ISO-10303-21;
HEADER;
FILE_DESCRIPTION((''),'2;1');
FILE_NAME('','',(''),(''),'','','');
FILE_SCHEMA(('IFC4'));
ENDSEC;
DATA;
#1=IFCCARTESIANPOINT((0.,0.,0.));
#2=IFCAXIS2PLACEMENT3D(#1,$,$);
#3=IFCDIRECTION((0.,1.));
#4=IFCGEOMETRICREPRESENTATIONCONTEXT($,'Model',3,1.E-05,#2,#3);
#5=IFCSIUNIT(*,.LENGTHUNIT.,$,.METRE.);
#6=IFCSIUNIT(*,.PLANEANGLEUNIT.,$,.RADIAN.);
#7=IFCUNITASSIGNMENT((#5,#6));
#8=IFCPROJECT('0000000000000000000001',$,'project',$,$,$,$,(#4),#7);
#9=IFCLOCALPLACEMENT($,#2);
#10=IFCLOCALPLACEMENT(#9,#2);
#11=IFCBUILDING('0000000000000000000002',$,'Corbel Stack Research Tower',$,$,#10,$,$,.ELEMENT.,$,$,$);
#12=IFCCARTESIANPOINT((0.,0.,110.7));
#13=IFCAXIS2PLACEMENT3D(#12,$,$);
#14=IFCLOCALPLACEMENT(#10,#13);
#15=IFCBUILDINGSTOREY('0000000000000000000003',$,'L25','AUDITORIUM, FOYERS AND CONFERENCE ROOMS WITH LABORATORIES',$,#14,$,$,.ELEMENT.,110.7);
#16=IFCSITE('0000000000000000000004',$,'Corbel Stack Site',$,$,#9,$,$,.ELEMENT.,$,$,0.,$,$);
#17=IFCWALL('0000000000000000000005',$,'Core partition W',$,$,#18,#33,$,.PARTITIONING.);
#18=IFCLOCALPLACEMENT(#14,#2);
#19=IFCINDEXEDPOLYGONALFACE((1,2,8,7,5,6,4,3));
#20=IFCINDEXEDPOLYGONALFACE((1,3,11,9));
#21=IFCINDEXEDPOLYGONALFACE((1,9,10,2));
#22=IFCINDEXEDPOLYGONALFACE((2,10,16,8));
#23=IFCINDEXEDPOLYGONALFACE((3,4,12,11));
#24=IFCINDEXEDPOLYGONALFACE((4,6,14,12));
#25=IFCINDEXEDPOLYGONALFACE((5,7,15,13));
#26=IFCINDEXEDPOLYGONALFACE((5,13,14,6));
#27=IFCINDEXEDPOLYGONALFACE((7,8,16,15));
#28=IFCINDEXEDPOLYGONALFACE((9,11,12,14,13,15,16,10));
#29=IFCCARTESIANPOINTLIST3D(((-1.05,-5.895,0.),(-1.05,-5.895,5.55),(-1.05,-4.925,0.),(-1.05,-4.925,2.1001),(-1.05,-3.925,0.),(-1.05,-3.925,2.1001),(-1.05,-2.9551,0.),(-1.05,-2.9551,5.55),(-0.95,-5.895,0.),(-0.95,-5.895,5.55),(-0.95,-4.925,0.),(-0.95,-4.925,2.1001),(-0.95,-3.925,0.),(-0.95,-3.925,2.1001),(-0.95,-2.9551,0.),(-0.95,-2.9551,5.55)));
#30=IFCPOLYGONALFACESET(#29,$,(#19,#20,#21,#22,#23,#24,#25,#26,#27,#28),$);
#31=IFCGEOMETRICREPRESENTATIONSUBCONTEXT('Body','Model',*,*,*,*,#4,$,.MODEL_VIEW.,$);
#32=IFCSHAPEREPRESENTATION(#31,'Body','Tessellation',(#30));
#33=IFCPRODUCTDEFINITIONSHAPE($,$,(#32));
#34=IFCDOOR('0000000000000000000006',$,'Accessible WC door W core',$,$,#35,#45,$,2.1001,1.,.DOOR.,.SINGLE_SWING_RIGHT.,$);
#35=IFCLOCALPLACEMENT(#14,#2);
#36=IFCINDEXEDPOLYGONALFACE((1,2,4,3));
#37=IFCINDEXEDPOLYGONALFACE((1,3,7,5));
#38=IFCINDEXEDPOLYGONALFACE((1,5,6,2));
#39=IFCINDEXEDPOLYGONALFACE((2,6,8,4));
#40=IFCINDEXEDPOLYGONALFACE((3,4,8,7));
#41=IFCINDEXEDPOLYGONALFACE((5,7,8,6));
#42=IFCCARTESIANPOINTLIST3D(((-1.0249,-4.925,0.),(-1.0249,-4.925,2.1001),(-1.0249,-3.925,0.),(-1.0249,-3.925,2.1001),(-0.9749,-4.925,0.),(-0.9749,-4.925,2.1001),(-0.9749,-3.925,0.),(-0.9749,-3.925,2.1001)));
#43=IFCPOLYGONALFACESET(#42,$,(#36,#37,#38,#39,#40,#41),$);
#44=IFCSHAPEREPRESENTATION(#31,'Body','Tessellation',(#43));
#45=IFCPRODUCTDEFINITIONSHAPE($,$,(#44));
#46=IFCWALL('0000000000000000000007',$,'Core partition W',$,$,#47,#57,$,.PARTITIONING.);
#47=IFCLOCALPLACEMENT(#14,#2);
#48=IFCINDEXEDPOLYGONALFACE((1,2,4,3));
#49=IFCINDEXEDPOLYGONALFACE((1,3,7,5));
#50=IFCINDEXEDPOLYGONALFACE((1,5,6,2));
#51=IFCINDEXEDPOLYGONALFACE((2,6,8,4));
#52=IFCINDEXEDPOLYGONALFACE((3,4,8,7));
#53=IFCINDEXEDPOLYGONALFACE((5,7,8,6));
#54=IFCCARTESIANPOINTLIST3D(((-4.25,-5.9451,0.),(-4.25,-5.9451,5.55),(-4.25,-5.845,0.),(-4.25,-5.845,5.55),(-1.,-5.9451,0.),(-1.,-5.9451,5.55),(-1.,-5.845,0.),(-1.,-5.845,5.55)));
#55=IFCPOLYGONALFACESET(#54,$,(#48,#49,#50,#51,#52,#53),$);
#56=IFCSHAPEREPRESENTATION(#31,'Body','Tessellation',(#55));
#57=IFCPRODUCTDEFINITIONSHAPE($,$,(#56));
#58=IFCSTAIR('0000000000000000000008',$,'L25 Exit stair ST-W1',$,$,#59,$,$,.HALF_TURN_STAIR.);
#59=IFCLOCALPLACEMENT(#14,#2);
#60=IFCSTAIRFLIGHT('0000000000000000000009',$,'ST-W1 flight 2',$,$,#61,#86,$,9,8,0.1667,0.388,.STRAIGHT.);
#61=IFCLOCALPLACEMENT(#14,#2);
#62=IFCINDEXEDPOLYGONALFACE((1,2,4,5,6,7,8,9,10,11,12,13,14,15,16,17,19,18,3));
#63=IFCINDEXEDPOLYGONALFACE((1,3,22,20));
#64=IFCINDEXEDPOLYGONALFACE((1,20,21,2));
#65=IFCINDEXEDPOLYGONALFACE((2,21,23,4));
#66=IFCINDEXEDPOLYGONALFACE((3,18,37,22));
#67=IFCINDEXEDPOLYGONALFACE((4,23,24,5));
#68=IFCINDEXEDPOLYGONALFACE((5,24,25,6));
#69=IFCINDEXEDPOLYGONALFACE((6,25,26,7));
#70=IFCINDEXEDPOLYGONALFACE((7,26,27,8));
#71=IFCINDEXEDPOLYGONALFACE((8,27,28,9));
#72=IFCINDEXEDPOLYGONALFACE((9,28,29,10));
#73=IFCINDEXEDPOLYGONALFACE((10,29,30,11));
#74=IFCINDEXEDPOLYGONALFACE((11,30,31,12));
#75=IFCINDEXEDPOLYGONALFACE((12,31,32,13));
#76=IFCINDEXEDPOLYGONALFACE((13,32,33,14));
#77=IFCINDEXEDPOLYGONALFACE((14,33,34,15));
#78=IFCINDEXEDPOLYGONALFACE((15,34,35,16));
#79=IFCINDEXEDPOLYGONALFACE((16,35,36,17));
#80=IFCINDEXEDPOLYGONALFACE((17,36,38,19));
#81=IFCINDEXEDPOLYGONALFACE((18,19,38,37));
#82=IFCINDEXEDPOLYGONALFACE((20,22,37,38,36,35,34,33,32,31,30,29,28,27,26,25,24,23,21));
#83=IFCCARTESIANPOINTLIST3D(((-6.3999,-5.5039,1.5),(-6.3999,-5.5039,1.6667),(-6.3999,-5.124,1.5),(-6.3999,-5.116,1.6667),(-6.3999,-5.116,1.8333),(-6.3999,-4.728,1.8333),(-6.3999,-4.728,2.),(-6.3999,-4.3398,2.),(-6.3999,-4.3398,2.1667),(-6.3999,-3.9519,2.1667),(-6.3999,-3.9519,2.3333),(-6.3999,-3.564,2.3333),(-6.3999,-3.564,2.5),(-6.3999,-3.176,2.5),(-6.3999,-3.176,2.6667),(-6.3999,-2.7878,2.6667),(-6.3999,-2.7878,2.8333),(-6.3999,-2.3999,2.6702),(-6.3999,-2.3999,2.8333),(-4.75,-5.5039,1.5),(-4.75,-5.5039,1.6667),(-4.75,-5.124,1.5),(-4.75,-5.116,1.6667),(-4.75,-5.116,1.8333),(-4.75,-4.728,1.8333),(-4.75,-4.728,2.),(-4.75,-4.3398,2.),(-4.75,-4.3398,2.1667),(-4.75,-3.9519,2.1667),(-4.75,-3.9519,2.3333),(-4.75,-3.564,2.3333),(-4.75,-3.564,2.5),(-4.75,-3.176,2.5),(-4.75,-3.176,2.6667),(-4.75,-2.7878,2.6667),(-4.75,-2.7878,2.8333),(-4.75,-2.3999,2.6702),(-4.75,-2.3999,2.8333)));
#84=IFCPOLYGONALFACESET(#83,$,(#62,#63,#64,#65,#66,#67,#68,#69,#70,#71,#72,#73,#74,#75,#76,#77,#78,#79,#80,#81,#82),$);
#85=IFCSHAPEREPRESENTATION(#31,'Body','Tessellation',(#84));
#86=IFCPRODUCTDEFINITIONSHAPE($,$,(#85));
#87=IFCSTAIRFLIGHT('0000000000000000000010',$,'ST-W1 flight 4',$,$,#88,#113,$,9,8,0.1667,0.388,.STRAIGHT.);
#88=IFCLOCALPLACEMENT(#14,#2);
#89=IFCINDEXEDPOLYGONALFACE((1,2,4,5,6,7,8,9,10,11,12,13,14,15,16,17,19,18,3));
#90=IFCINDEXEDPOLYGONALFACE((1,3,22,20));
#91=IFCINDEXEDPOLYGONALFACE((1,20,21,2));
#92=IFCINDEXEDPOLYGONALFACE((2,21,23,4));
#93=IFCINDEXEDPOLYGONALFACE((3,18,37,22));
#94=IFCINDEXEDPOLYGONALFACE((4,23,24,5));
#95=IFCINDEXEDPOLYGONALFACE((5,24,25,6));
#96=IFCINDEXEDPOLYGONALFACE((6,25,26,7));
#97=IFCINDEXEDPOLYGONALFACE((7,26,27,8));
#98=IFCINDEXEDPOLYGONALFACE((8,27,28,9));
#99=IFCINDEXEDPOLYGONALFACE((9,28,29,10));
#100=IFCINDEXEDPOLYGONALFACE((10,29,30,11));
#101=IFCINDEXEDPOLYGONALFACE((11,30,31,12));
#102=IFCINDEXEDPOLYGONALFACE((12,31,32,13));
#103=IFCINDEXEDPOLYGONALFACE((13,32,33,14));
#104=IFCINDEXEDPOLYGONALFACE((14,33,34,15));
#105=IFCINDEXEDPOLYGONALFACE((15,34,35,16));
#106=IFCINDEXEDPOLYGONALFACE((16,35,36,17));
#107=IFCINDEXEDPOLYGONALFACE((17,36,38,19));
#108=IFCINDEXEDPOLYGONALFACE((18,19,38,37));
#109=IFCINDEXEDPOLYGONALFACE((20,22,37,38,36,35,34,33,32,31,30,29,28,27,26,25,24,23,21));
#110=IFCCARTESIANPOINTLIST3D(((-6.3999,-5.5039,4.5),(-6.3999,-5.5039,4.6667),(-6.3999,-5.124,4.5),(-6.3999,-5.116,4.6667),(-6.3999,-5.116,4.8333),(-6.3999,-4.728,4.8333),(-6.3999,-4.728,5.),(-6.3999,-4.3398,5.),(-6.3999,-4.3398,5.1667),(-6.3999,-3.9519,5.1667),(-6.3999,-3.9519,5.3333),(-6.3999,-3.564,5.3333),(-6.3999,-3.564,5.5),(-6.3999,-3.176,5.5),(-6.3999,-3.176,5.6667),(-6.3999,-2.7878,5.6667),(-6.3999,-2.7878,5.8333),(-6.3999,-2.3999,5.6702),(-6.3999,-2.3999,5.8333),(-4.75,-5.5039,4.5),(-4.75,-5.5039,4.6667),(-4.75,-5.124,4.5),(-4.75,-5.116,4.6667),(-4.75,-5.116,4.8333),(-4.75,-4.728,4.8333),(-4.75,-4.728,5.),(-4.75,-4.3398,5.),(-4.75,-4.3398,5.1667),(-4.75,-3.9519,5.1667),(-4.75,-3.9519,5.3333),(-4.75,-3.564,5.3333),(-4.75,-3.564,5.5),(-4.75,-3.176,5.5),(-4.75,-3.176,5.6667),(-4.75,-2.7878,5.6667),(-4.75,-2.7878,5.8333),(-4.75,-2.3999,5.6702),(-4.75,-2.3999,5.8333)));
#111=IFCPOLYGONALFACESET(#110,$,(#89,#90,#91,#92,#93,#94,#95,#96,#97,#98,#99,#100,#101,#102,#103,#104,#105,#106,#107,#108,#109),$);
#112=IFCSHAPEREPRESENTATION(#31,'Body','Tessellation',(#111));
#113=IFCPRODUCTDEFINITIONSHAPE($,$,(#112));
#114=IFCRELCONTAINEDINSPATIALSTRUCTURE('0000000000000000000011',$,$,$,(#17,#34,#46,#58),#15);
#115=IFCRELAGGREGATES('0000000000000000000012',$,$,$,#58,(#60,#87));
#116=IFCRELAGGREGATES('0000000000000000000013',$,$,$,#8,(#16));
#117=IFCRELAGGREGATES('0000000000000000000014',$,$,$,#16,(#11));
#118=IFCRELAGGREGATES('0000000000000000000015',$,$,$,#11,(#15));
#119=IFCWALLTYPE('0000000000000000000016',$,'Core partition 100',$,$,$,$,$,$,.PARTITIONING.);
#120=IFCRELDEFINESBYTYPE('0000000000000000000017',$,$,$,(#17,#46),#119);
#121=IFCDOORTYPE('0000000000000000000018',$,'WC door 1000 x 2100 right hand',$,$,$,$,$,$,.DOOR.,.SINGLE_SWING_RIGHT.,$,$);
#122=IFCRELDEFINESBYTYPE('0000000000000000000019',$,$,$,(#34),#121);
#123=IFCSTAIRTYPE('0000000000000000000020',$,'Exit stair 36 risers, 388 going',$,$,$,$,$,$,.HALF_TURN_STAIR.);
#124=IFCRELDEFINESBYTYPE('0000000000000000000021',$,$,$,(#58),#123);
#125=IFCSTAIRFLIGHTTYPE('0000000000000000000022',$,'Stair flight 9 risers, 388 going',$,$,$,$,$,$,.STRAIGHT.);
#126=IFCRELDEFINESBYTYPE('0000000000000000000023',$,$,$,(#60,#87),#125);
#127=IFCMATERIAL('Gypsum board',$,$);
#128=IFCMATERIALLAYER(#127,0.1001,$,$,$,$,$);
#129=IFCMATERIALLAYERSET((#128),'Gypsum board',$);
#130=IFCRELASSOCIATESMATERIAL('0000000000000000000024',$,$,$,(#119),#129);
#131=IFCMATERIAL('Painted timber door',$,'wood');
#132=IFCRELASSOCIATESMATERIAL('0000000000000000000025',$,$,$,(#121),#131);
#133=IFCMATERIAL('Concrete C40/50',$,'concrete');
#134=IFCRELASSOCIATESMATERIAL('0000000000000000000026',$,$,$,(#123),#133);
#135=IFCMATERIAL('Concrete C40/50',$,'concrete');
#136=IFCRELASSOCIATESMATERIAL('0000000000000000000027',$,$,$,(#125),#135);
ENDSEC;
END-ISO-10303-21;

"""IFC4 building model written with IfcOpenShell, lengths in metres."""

from ifc_helpers import new_model, si_unit, direction, frame, frame_2d, origin, place, context, subcontext, project, spatial, polyline, rectangle, outline, extrude, material, layer, layer_set, type_object, element, fill, aggregate, save


model = new_model("IFC4")

# Units and contexts
model_context = context("Model", 3, precision=1e-05, world=origin(), true_north=direction((0.0, 1.0)))
body_context = subcontext(model_context, "Body", "Model", "MODEL_VIEW")
ifc_project = project(units=[si_unit("LENGTHUNIT", "METRE"), si_unit("PLANEANGLEUNIT", "RADIAN")], contexts=[model_context])

# Site, building, storey
site_placement = place(None, origin())
site = spatial("IfcSite", under=ifc_project, at=site_placement, Name="Corbel Stack Site", CompositionType="ELEMENT", RefElevation=0.0)
building_placement = place(site_placement, origin())
building = spatial("IfcBuilding", under=site, at=building_placement, Name="Corbel Stack Research Tower", CompositionType="ELEMENT")
storey_placement = place(building_placement, frame((0.0, 0.0, 110.7)))
storey = spatial("IfcBuildingStorey", under=building, at=storey_placement, Name="L25", Description="AUDITORIUM, FOYERS AND CONFERENCE ROOMS WITH LABORATORIES", CompositionType="ELEMENT", Elevation=110.7)

# Wall, opening, door
ifc_material_1 = material(Name="Gypsum board")
ifc_layer_1 = layer(ifc_material_1, 0.1001)
ifc_layer_set_1 = layer_set([ifc_layer_1], Name="Gypsum board")
wall_type_1 = type_object("IfcWallType", Name="Core partition 100", PredefinedType="PARTITIONING", material=ifc_layer_set_1)
ifc_material_2 = material(Name="Painted timber door", Category="wood")
door_type = type_object("IfcDoorType", Name="WC door 1000 x 2100 right hand", OperationType="SINGLE_SWING_RIGHT", PredefinedType="DOOR", material=ifc_material_2)
wall_1_placement = place(storey_placement, frame((-1.0, -5.895, 0.0), z_axis=(0.0, 0.0, 1.0), x_axis=(0.0, 1.0, 0.0)))
wall_1 = element("IfcWall", 1, at=wall_1_placement, inside=storey, type_object=wall_type_1, Name="Core partition W", PredefinedType="PARTITIONING", context=body_context, shape_type="SweptSolid", body=[
    extrude(rectangle(XDim=2.9399, YDim=0.1001, at=frame_2d((1.47, 0.0))), origin(), (0.0, 0.0, 1.0), 5.55),
])
opening_1_placement = place(wall_1_placement, frame((0.97, 0.0, 0.0)))
opening_1 = element("IfcOpeningElement", 2, at=opening_1_placement, cuts=wall_1, PredefinedType="OPENING", context=body_context, shape_type="SweptSolid", body=[
    extrude(rectangle(XDim=1.0, YDim=2.1001, at=frame_2d((0.5, 1.05))), frame((0.0, 0.0601, 0.0), z_axis=(0.0, -1.0, 0.0), x_axis=(1.0, 0.0, 0.0)), (0.0, 0.0, 1.0), 0.1201),
])
door_1_placement = place(opening_1_placement, origin())
door_1 = element("IfcDoor", 3, at=door_1_placement, inside=storey, type_object=door_type, Name="Accessible WC door W core", OperationType="SINGLE_SWING_RIGHT", OverallHeight=2.1001, OverallWidth=1.0, PredefinedType="DOOR", context=body_context, shape_type="SweptSolid", body=[
    extrude(rectangle(XDim=1.0, YDim=2.1001, at=frame_2d((0.5, 1.05))), frame((0.0, 0.0249, 0.0), z_axis=(0.0, -1.0, 0.0), x_axis=(1.0, 0.0, 0.0)), (0.0, 0.0, 1.0), 0.05),
])
fill(opening_1, door_1)

# Wall
wall_2_placement = place(storey_placement, frame((-4.25, -5.895, 0.0), z_axis=(0.0, 0.0, 1.0), x_axis=(1.0, 0.0, 0.0)))
element("IfcWall", 4, at=wall_2_placement, inside=storey, type_object=wall_type_1, Name="Core partition W", PredefinedType="PARTITIONING", context=body_context, shape_type="SweptSolid", body=[
    extrude(rectangle(XDim=3.25, YDim=0.1001, at=frame_2d((1.625, 0.0))), origin(), (0.0, 0.0, 1.0), 5.55),
])

# Stair, stair flights
ifc_material_3 = material(Name="Concrete C40/50", Category="concrete")
stair_type = type_object("IfcStairType", Name="Exit stair 36 risers, 388 going", PredefinedType="HALF_TURN_STAIR", material=ifc_material_3)
stair_placement = place(storey_placement, origin())
stair = element("IfcStair", 5, at=stair_placement, inside=storey, type_object=stair_type, Name="L25 Exit stair ST-W1", PredefinedType="HALF_TURN_STAIR")
ifc_material_4 = material(Name="Concrete C40/50", Category="concrete")
stair_flight_type = type_object("IfcStairFlightType", Name="Stair flight 9 risers, 388 going", PredefinedType="STRAIGHT", material=ifc_material_4)
stair_flight_1_placement = place(storey_placement, frame((-5.575, -5.5039, 1.5), z_axis=(0.0, 0.0, 1.0), x_axis=(0.0, 1.0, 0.0)))
stair_flight_1 = element("IfcStairFlight", 6, at=stair_flight_1_placement, type_object=stair_flight_type, Name="ST-W1 flight 2", NumberOfRisers=9, NumberOfTreads=8, PredefinedType="STRAIGHT", RiserHeight=0.1667, TreadLength=0.388, context=body_context, shape_type="SweptSolid", body=[
    extrude(outline(polyline([(0.0, 0.0), (0.0, 0.1667), (0.3879, 0.1667), (0.3879, 0.3333), (0.7759, 0.3333), (0.7759, 0.5), (1.1641, 0.5), (1.1641, 0.6667), (1.552, 0.6667), (1.552, 0.8333), (1.9399, 0.8333), (1.9399, 1.0), (2.3279, 1.0), (2.3279, 1.1667), (2.7161, 1.1667), (2.7161, 1.3333), (3.104, 1.3333), (3.104, 1.5), (3.104, 1.1702), (0.3799, 0.0), (0.0, 0.0)])), frame((0.0, 0.825, 0.0), z_axis=(0.0, -1.0, 0.0), x_axis=(1.0, 0.0, 0.0)), (0.0, 0.0, 1.0), 1.6499),
])
stair_flight_2_placement = place(storey_placement, frame((-5.575, -5.5039, 4.5), z_axis=(0.0, 0.0, 1.0), x_axis=(0.0, 1.0, 0.0)))
stair_flight_2 = element("IfcStairFlight", 7, at=stair_flight_2_placement, type_object=stair_flight_type, Name="ST-W1 flight 4", NumberOfRisers=9, NumberOfTreads=8, PredefinedType="STRAIGHT", RiserHeight=0.1667, TreadLength=0.388, context=body_context, shape_type="SweptSolid", body=[
    extrude(outline(polyline([(0.0, 0.0), (0.0, 0.1667), (0.3879, 0.1667), (0.3879, 0.3333), (0.7759, 0.3333), (0.7759, 0.5), (1.1641, 0.5), (1.1641, 0.6667), (1.552, 0.6667), (1.552, 0.8333), (1.9399, 0.8333), (1.9399, 1.0), (2.3279, 1.0), (2.3279, 1.1667), (2.7161, 1.1667), (2.7161, 1.3333), (3.104, 1.3333), (3.104, 1.5), (3.104, 1.1702), (0.3799, 0.0), (0.0, 0.0)])), frame((0.0, 0.825, 0.0), z_axis=(0.0, -1.0, 0.0), x_axis=(1.0, 0.0, 0.0)), (0.0, 0.0, 1.0), 1.6499),
])
aggregate(stair, [stair_flight_1, stair_flight_2])

save(model, "model.ifc")
